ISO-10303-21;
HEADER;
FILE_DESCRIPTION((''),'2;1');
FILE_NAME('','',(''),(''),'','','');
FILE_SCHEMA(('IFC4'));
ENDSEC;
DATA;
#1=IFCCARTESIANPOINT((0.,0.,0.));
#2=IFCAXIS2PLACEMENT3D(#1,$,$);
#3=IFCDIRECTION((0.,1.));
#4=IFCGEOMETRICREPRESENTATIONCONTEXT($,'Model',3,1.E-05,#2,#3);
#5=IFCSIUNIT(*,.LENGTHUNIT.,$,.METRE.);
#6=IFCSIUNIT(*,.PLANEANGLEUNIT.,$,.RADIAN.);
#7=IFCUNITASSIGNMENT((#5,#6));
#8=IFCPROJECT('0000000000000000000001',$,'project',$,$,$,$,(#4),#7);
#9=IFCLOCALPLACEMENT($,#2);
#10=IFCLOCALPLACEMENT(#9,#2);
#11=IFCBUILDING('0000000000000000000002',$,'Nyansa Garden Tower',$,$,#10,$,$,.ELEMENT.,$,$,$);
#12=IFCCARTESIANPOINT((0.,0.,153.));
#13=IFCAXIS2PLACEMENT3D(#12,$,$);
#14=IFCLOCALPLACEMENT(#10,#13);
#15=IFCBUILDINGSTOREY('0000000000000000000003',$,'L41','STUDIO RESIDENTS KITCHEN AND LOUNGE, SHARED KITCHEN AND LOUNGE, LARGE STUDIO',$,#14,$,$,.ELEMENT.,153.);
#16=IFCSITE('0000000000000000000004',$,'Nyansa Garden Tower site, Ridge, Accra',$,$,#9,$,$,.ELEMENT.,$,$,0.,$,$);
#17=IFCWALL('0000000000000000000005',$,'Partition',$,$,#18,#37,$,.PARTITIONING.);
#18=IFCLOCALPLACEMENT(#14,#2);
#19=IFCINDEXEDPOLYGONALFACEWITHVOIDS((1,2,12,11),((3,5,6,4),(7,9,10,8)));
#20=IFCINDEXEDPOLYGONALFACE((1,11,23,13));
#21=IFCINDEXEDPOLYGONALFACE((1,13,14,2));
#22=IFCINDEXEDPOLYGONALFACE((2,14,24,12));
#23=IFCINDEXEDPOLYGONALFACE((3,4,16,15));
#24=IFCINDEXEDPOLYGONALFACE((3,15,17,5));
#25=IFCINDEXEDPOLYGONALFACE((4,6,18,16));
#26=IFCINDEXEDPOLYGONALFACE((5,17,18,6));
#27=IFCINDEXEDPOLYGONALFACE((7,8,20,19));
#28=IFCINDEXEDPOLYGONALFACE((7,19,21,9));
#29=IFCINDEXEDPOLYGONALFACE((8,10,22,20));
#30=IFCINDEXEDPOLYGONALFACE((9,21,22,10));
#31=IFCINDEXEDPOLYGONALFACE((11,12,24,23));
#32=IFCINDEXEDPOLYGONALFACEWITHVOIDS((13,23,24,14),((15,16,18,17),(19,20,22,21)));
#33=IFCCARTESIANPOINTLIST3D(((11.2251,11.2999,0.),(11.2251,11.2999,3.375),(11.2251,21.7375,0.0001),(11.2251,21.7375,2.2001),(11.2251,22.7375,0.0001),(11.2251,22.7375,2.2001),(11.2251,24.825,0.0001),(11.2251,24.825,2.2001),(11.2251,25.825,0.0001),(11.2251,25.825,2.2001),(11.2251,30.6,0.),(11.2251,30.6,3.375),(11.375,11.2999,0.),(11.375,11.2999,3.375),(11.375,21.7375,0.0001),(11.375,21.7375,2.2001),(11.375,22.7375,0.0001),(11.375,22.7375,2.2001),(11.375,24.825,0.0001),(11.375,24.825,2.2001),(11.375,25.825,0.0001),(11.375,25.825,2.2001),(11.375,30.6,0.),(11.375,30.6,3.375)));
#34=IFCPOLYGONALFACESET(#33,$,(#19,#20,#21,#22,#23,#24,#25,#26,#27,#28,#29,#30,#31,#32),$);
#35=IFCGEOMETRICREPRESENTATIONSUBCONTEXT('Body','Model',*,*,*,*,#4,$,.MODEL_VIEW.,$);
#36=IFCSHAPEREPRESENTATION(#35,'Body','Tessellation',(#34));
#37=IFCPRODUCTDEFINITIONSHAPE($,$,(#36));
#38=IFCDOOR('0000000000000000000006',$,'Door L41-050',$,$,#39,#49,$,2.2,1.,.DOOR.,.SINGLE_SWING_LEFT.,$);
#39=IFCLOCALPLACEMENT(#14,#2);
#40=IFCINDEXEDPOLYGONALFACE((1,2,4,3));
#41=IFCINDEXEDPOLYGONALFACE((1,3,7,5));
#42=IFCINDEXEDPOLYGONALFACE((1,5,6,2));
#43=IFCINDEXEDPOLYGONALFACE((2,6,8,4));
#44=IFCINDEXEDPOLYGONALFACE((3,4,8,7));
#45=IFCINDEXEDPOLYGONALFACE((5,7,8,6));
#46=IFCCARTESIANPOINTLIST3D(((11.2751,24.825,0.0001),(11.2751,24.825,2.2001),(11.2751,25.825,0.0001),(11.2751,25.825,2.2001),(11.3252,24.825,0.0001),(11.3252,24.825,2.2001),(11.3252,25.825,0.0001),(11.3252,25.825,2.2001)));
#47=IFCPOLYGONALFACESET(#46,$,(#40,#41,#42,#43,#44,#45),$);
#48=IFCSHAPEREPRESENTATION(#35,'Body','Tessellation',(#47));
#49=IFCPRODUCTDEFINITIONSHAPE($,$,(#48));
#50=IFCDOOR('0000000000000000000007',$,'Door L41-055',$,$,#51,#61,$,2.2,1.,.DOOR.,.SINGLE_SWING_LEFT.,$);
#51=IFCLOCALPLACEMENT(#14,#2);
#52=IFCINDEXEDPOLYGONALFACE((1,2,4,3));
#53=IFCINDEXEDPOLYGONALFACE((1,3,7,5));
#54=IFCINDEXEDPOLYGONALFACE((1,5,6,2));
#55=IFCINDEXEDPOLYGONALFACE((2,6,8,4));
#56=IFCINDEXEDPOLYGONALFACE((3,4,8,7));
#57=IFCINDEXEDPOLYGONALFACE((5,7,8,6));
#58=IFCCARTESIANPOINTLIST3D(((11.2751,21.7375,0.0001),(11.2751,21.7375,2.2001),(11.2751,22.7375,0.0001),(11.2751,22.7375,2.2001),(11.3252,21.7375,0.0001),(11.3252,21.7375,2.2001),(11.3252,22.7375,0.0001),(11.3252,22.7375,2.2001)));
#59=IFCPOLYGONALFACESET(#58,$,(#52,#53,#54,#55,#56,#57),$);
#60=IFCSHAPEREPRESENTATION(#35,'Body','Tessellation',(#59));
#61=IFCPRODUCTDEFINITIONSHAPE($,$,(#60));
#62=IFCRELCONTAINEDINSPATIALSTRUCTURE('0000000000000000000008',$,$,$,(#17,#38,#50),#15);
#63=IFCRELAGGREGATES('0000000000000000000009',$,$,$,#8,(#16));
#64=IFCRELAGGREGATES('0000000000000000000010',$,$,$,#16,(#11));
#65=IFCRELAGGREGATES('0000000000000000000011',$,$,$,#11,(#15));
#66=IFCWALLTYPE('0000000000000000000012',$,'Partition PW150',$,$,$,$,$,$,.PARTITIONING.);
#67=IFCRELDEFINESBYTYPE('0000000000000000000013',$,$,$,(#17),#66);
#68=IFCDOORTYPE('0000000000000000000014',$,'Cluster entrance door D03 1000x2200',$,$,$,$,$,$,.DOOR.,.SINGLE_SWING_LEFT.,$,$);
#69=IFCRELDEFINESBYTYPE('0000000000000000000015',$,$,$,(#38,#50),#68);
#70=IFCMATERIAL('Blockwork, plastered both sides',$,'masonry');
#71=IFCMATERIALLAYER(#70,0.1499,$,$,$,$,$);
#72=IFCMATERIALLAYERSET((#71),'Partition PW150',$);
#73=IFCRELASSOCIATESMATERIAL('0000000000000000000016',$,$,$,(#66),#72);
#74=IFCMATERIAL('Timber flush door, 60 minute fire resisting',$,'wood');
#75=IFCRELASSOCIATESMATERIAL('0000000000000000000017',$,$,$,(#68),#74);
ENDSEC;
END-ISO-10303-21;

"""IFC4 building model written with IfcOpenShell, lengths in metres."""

from ifc_helpers import new_model, si_unit, direction, frame, frame_2d, origin, place, context, subcontext, project, spatial, rectangle, extrude, material, layer, layer_set, type_object, element, fill, save


model = new_model("IFC4")

# Units and contexts
model_context = context("Model", 3, precision=1e-05, world=origin(), true_north=direction((0.0, 1.0)))
body_context = subcontext(model_context, "Body", "Model", "MODEL_VIEW")
ifc_project = project(units=[si_unit("LENGTHUNIT", "METRE"), si_unit("PLANEANGLEUNIT", "RADIAN")], contexts=[model_context])

# Site, building, storey
site_placement = place(None, origin())
site = spatial("IfcSite", under=ifc_project, at=site_placement, Name="Nyansa Garden Tower site, Ridge, Accra", CompositionType="ELEMENT", RefElevation=0.0)
building_placement = place(site_placement, origin())
building = spatial("IfcBuilding", under=site, at=building_placement, Name="Nyansa Garden Tower", CompositionType="ELEMENT")
storey_placement = place(building_placement, frame((0.0, 0.0, 153.0)))
storey = spatial("IfcBuildingStorey", under=building, at=storey_placement, Name="L41", Description="STUDIO RESIDENTS KITCHEN AND LOUNGE, SHARED KITCHEN AND LOUNGE, LARGE STUDIO", CompositionType="ELEMENT", Elevation=153.0)

# Shared definitions
ifc_material_1 = material(Name="Blockwork, plastered both sides", Category="masonry")
ifc_layer = layer(ifc_material_1, 0.1499)
ifc_layer_set = layer_set([ifc_layer], Name="Partition PW150")
wall_type = type_object("IfcWallType", Name="Partition PW150", PredefinedType="PARTITIONING", material=ifc_layer_set)

# Wall, openings, doors
ifc_material_2 = material(Name="Timber flush door, 60 minute fire resisting", Category="wood")
door_type_1 = type_object("IfcDoorType", Name="Cluster entrance door D03 1000x2200", OperationType="SINGLE_SWING_LEFT", PredefinedType="DOOR", material=ifc_material_2)
wall_1_placement = place(storey_placement, frame((11.3, 11.3, 0.0), z_axis=(0.0, 0.0, 1.0), x_axis=(0.0, 1.0, 0.0)))
wall_1 = element("IfcWall", 1, at=wall_1_placement, inside=storey, type_object=wall_type, Name="Partition", PredefinedType="PARTITIONING", context=body_context, shape_type="SweptSolid", body=[
    extrude(rectangle(XDim=19.3, YDim=0.1499, at=frame_2d((9.6499, 0.0))), origin(), (0.0, 0.0, 1.0), 3.375),
])
opening_1_placement = place(wall_1_placement, frame((13.5249, 0.0, 0.0)))
opening_1 = element("IfcOpeningElement", 2, at=opening_1_placement, cuts=wall_1, PredefinedType="OPENING", context=body_context, shape_type="SweptSolid", body=[
    extrude(rectangle(XDim=1.0, YDim=2.2, at=frame_2d((0.5, 1.1001))), frame((0.0, 0.085, 0.0), z_axis=(0.0, -1.0, 0.0), x_axis=(1.0, 0.0, 0.0)), (0.0, 0.0, 1.0), 0.1699),
])
opening_2_placement = place(wall_1_placement, frame((10.4375, 0.0, 0.0)))
opening_2 = element("IfcOpeningElement", 3, at=opening_2_placement, cuts=wall_1, PredefinedType="OPENING", context=body_context, shape_type="SweptSolid", body=[
    extrude(rectangle(XDim=1.0, YDim=2.2, at=frame_2d((0.5, 1.1001))), frame((0.0, 0.085, 0.0), z_axis=(0.0, -1.0, 0.0), x_axis=(1.0, 0.0, 0.0)), (0.0, 0.0, 1.0), 0.1699),
])
door_1_placement = place(opening_1_placement, origin())
door_1 = element("IfcDoor", 4, at=door_1_placement, inside=storey, type_object=door_type_1, Name="Door L41-050", OperationType="SINGLE_SWING_LEFT", OverallHeight=2.2, OverallWidth=1.0, PredefinedType="DOOR", context=body_context, shape_type="SweptSolid", body=[
    extrude(rectangle(XDim=1.0, YDim=2.2, at=frame_2d((0.5, 1.1001))), frame((0.0, 0.0249, 0.0), z_axis=(0.0, -1.0, 0.0), x_axis=(1.0, 0.0, 0.0)), (0.0, 0.0, 1.0), 0.05),
])
fill(opening_1, door_1)
door_2_placement = place(opening_2_placement, origin())
door_2 = element("IfcDoor", 5, at=door_2_placement, inside=storey, type_object=door_type_1, Name="Door L41-055", OperationType="SINGLE_SWING_LEFT", OverallHeight=2.2, OverallWidth=1.0, PredefinedType="DOOR", context=body_context, shape_type="SweptSolid", body=[
    extrude(rectangle(XDim=1.0, YDim=2.2, at=frame_2d((0.5, 1.1001))), frame((0.0, 0.0249, 0.0), z_axis=(0.0, -1.0, 0.0), x_axis=(1.0, 0.0, 0.0)), (0.0, 0.0, 1.0), 0.05),
])
fill(opening_2, door_2)

save(model, "model.ifc")
